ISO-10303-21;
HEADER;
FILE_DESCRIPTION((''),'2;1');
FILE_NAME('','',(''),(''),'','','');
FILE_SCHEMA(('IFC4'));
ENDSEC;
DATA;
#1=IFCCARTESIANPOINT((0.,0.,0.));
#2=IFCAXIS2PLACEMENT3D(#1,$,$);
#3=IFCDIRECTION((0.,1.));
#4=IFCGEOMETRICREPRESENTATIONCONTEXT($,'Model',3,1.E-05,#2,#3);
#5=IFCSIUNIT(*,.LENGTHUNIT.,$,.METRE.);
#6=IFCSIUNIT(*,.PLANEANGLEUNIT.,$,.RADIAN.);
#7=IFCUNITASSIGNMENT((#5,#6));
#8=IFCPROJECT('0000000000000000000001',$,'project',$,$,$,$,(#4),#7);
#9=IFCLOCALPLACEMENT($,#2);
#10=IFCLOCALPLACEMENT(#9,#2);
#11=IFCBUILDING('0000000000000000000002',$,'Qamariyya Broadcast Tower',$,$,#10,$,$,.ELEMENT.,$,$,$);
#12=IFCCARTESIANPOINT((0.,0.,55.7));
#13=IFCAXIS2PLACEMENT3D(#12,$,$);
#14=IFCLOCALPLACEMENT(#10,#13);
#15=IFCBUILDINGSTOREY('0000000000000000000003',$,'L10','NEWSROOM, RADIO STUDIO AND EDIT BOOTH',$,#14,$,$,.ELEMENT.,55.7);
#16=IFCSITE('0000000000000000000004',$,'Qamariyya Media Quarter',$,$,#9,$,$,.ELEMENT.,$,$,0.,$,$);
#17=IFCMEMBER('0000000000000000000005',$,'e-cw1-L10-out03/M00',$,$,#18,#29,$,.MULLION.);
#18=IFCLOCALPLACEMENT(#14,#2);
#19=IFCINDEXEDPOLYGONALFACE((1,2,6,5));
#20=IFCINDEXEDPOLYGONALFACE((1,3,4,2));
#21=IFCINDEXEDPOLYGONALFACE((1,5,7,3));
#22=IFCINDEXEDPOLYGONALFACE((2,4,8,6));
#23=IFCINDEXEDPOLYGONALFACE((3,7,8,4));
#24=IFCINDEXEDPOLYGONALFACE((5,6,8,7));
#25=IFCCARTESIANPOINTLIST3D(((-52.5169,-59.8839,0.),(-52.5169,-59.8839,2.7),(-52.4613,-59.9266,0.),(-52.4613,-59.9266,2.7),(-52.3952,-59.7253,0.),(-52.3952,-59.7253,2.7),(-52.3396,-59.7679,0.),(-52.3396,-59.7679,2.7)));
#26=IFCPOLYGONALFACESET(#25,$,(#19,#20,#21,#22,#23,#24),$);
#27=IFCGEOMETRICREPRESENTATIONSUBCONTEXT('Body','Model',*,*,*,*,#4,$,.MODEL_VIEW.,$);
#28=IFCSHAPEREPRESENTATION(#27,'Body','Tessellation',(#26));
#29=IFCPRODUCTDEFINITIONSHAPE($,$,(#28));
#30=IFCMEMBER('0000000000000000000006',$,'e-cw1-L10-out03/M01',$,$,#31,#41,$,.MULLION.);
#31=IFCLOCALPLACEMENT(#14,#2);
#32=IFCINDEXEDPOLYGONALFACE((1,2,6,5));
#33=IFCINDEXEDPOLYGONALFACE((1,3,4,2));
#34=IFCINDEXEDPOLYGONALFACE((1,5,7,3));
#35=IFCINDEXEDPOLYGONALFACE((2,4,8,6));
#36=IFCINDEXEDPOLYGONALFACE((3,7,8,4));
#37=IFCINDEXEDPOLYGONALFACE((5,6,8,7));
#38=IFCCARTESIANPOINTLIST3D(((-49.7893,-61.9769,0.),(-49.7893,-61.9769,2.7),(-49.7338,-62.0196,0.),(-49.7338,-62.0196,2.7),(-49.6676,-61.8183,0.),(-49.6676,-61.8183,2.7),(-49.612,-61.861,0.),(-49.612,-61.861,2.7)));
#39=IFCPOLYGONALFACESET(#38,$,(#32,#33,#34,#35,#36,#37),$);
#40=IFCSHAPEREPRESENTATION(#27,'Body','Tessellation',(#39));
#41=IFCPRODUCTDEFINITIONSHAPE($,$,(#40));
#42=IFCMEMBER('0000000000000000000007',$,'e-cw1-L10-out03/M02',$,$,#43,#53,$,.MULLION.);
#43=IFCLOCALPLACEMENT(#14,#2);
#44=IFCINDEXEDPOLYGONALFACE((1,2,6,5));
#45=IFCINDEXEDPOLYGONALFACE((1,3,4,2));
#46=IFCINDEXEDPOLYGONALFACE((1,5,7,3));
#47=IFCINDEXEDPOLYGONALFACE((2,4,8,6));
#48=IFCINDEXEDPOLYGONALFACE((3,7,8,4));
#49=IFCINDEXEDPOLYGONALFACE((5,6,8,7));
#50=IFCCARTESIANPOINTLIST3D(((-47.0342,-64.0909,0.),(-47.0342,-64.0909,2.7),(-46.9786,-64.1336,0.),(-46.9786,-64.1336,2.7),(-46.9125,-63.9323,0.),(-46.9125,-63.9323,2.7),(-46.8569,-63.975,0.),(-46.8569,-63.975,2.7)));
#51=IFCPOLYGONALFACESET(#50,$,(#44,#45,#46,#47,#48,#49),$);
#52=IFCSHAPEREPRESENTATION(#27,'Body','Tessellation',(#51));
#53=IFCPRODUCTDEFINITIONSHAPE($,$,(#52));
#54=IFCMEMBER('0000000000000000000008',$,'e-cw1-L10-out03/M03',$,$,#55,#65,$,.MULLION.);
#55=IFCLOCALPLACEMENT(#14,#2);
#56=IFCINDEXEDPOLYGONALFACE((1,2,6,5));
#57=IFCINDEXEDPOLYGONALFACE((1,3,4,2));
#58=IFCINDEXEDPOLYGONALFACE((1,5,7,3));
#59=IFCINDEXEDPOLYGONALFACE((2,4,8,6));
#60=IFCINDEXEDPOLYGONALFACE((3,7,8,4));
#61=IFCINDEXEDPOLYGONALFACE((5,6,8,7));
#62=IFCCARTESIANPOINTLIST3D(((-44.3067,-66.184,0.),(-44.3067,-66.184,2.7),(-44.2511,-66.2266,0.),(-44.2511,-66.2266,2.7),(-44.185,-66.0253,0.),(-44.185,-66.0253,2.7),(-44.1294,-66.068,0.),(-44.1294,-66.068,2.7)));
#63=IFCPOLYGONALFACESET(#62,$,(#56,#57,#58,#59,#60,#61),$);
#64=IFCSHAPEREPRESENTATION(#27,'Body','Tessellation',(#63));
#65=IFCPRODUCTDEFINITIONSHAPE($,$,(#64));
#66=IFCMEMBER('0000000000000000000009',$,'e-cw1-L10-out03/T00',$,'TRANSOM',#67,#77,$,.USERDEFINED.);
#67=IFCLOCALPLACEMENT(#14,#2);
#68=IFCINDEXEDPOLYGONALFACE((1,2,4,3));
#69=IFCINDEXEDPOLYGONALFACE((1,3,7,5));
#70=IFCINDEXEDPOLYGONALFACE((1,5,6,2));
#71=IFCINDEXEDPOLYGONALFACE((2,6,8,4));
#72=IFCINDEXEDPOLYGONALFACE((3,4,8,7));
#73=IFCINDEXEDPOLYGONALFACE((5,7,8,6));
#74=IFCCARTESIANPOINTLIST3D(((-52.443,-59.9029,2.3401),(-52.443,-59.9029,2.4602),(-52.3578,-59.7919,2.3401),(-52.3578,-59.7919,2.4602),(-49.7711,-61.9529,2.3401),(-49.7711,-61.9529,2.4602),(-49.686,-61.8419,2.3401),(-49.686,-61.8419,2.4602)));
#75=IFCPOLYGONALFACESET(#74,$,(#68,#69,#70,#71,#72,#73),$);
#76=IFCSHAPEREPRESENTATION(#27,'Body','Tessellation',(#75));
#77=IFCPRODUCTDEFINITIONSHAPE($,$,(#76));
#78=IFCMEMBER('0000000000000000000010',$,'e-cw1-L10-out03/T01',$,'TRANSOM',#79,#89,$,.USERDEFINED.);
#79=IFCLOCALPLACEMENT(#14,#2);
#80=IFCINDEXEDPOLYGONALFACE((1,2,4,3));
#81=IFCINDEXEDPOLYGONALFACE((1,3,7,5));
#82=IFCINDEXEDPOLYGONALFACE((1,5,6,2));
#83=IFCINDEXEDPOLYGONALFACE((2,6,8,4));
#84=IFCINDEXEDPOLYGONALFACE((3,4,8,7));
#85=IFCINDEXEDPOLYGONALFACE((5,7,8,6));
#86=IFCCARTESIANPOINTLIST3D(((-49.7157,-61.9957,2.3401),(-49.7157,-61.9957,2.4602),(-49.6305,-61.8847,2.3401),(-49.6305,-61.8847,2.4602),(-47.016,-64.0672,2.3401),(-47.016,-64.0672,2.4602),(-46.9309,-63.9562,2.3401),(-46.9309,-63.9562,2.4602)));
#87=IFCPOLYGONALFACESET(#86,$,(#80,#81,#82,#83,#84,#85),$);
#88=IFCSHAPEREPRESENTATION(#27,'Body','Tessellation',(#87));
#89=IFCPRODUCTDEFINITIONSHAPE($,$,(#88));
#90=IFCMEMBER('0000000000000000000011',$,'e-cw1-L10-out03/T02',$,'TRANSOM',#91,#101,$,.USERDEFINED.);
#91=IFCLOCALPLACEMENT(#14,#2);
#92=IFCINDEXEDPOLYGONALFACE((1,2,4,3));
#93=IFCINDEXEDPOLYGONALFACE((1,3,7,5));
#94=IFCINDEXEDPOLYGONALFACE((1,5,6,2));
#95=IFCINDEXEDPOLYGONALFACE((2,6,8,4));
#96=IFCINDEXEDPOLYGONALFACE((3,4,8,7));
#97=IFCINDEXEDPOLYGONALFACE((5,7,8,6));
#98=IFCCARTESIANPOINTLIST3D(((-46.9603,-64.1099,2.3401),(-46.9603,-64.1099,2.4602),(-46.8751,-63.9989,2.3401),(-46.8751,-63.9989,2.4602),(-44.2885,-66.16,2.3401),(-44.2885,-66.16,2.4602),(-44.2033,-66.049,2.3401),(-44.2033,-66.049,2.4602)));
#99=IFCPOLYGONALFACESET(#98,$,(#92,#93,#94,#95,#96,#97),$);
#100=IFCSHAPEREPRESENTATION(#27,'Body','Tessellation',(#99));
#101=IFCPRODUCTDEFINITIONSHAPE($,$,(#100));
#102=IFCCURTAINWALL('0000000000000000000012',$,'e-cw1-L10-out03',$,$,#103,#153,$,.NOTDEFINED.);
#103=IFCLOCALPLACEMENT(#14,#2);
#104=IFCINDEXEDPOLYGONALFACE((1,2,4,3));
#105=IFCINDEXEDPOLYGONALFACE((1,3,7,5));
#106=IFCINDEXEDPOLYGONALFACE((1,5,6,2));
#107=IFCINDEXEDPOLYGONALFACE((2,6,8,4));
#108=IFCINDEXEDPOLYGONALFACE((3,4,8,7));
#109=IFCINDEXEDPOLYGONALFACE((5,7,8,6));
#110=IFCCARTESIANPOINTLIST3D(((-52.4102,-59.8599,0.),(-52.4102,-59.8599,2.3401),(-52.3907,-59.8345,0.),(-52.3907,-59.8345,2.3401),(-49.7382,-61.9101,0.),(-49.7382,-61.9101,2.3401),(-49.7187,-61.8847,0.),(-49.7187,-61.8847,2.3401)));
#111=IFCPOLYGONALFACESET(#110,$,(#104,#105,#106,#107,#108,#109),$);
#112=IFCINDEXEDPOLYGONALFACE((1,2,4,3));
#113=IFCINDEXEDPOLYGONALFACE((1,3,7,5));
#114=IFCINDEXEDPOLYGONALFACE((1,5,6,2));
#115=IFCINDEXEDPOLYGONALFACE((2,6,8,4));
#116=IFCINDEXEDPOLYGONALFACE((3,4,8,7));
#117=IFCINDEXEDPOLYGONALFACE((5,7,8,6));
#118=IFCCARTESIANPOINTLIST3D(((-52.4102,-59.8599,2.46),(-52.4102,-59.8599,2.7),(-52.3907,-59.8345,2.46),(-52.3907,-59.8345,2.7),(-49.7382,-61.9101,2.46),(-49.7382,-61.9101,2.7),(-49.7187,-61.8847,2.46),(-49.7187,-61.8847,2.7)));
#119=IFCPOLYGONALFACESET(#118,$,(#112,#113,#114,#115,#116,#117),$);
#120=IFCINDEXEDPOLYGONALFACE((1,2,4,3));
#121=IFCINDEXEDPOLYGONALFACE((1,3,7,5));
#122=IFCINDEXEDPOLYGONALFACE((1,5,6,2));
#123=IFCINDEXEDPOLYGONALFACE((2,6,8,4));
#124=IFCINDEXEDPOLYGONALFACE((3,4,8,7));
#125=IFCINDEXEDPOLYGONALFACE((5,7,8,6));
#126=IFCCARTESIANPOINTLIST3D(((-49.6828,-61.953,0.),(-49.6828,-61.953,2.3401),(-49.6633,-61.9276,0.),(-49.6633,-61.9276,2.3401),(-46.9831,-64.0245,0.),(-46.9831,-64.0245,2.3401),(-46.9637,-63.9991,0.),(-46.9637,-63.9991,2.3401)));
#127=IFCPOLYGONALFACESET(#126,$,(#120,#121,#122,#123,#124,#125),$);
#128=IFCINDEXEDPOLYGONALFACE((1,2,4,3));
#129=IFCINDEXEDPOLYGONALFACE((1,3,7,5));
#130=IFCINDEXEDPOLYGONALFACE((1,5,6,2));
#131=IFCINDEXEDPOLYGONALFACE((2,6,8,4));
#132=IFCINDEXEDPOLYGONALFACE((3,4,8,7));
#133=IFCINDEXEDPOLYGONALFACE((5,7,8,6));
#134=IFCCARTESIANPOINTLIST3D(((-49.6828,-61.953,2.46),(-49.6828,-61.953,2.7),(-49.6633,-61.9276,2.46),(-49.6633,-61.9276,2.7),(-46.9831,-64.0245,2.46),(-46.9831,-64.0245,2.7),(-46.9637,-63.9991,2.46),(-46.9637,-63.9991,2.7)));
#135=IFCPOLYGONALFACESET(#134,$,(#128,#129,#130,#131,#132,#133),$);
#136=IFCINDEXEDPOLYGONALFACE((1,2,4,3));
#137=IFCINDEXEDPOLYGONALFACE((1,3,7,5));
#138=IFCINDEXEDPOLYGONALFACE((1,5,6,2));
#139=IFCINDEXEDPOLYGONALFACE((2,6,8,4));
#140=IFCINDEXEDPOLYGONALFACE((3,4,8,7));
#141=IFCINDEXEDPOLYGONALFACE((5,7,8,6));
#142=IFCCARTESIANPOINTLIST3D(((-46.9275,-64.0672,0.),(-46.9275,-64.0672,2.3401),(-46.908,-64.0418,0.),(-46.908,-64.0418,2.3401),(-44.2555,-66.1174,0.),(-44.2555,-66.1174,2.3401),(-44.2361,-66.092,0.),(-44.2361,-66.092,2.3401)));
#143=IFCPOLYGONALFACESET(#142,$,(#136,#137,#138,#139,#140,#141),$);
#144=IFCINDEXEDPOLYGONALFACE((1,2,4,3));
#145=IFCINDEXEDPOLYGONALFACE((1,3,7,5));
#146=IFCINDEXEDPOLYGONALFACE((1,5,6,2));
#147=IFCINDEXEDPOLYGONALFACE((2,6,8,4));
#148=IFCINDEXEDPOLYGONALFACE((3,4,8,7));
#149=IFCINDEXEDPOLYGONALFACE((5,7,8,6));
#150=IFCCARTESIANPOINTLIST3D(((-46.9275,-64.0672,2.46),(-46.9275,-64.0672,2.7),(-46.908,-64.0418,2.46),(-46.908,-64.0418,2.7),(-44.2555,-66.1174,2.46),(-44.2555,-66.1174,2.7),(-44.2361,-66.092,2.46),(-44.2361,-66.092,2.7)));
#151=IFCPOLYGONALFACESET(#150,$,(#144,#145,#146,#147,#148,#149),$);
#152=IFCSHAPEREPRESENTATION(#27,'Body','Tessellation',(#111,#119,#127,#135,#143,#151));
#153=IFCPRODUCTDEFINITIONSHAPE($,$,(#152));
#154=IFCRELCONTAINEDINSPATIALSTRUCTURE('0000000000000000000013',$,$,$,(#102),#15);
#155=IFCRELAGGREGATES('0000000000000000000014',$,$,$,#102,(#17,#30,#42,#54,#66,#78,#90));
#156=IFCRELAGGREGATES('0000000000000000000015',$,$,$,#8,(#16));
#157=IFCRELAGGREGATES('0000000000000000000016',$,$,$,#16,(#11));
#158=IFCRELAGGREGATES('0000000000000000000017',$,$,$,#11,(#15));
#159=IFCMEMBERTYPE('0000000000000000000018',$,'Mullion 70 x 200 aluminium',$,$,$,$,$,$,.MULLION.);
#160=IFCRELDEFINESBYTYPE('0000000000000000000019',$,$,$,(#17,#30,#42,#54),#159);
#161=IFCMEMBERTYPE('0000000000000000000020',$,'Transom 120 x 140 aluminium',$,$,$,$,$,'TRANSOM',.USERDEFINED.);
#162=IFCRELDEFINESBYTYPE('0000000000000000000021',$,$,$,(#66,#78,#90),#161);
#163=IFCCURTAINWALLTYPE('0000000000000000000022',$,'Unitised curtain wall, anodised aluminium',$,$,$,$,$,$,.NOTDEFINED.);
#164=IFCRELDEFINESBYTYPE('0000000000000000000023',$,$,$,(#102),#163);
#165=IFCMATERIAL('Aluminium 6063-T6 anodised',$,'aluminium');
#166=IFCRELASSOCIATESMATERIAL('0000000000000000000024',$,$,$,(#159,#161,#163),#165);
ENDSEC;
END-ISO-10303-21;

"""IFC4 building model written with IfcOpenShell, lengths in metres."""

from ifc_helpers import new_model, si_unit, direction, frame, origin, origin_2d, place, context, subcontext, project, spatial, rectangle, extrude, material, material_profile, profile_set, type_object, element, aggregate, save


model = new_model("IFC4")

# Units and contexts
model_context = context("Model", 3, precision=1e-05, world=origin(), true_north=direction((0.0, 1.0)))
body_context = subcontext(model_context, "Body", "Model", "MODEL_VIEW")
ifc_project = project(units=[si_unit("LENGTHUNIT", "METRE"), si_unit("PLANEANGLEUNIT", "RADIAN")], contexts=[model_context])

# Members
ifc_material_1 = material(Name="Aluminium 6063-T6 anodised", Category="aluminium")
ifc_material_profile_1 = material_profile(ifc_material_1, rectangle(XDim=0.2, YDim=0.0701, at=origin_2d()))
ifc_profile_set_1 = profile_set([ifc_material_profile_1], Name="Aluminium 6063-T6 anodised")
member_type_1 = type_object("IfcMemberType", Name="Mullion 70 x 200 aluminium", PredefinedType="MULLION", material=ifc_profile_set_1)
site_placement = place(None, origin())
building_placement = place(site_placement, origin())
storey_placement = place(building_placement, frame((0.0, 0.0, 55.7)))
member_1_placement = place(storey_placement, frame((-52.4282, -59.8259, 0.0), z_axis=(0.0, 0.0, 1.0), x_axis=(0.608761, 0.793353, 0.0)))
member_1 = element("IfcMember", 1, at=member_1_placement, type_object=member_type_1, Name="e-cw1-L10-out03/M00", PredefinedType="MULLION", context=body_context, shape_type="SweptSolid", body=[
    extrude(rectangle(XDim=0.2, YDim=0.0701, at=origin_2d()), origin(), (0.0, 0.0, 1.0), 2.7),
])
member_2_placement = place(storey_placement, frame((-49.7007, -61.9189, 0.0), z_axis=(0.0, 0.0, 1.0), x_axis=(0.608761, 0.793353, 0.0)))
member_2 = element("IfcMember", 2, at=member_2_placement, type_object=member_type_1, Name="e-cw1-L10-out03/M01", PredefinedType="MULLION", context=body_context, shape_type="SweptSolid", body=[
    extrude(rectangle(XDim=0.2, YDim=0.0701, at=origin_2d()), origin(), (0.0, 0.0, 1.0), 2.7),
])
member_3_placement = place(storey_placement, frame((-46.9456, -64.033, 0.0), z_axis=(0.0, 0.0, 1.0), x_axis=(0.608761, 0.793353, 0.0)))
member_3 = element("IfcMember", 3, at=member_3_placement, type_object=member_type_1, Name="e-cw1-L10-out03/M02", PredefinedType="MULLION", context=body_context, shape_type="SweptSolid", body=[
    extrude(rectangle(XDim=0.2, YDim=0.0701, at=origin_2d()), origin(), (0.0, 0.0, 1.0), 2.7),
])
member_4_placement = place(storey_placement, frame((-44.218, -66.126, 0.0), z_axis=(0.0, 0.0, 1.0), x_axis=(0.608761, 0.793353, 0.0)))
member_4 = element("IfcMember", 4, at=member_4_placement, type_object=member_type_1, Name="e-cw1-L10-out03/M03", PredefinedType="MULLION", context=body_context, shape_type="SweptSolid", body=[
    extrude(rectangle(XDim=0.2, YDim=0.0701, at=origin_2d()), origin(), (0.0, 0.0, 1.0), 2.7),
])
ifc_material_profile_2 = material_profile(ifc_material_1, rectangle(XDim=0.1399, YDim=0.1201, at=origin_2d()))
ifc_profile_set_2 = profile_set([ifc_material_profile_2], Name="Aluminium 6063-T6 anodised")
member_type_2 = type_object("IfcMemberType", Name="Transom 120 x 140 aluminium", ElementType="TRANSOM", PredefinedType="USERDEFINED", material=ifc_profile_set_2)
member_5_placement = place(storey_placement, frame((-52.4004, -59.8474, 2.4001), z_axis=(0.793375, -0.608733, 0.0), x_axis=(0.608733, 0.793375, 0.0)))
member_5 = element("IfcMember", 5, at=member_5_placement, type_object=member_type_2, Name="e-cw1-L10-out03/T00", ObjectType="TRANSOM", PredefinedType="USERDEFINED", context=body_context, shape_type="SweptSolid", body=[
    extrude(rectangle(XDim=0.1399, YDim=0.1201, at=origin_2d()), origin(), (0.0, 0.0, 1.0), 3.3677),
])
member_6_placement = place(storey_placement, frame((-49.6731, -61.9402, 2.4001), z_axis=(0.793357, -0.608757, 0.0), x_axis=(0.608757, 0.793357, 0.0)))
member_6 = element("IfcMember", 6, at=member_6_placement, type_object=member_type_2, Name="e-cw1-L10-out03/T01", ObjectType="TRANSOM", PredefinedType="USERDEFINED", context=body_context, shape_type="SweptSolid", body=[
    extrude(rectangle(XDim=0.1399, YDim=0.1201, at=origin_2d()), origin(), (0.0, 0.0, 1.0), 3.4028),
])
member_7_placement = place(storey_placement, frame((-46.9177, -64.0544, 2.4001), z_axis=(0.793375, -0.608733, 0.0), x_axis=(0.608733, 0.793375, 0.0)))
member_7 = element("IfcMember", 7, at=member_7_placement, type_object=member_type_2, Name="e-cw1-L10-out03/T02", ObjectType="TRANSOM", PredefinedType="USERDEFINED", context=body_context, shape_type="SweptSolid", body=[
    extrude(rectangle(XDim=0.1399, YDim=0.1201, at=origin_2d()), origin(), (0.0, 0.0, 1.0), 3.3677),
])

# Site, building, storey
site = spatial("IfcSite", under=ifc_project, at=site_placement, Name="Qamariyya Media Quarter", CompositionType="ELEMENT", RefElevation=0.0)
building = spatial("IfcBuilding", under=site, at=building_placement, Name="Qamariyya Broadcast Tower", CompositionType="ELEMENT")
storey = spatial("IfcBuildingStorey", under=building, at=storey_placement, Name="L10", Description="NEWSROOM, RADIO STUDIO AND EDIT BOOTH", CompositionType="ELEMENT", Elevation=55.7)

# Curtain wall
curtain_wall_type = type_object("IfcCurtainWallType", Name="Unitised curtain wall, anodised aluminium", PredefinedType="NOTDEFINED", material=ifc_material_1)
curtain_wall_1_placement = place(storey_placement, origin())
curtain_wall_1 = element("IfcCurtainWall", 8, at=curtain_wall_1_placement, inside=storey, type_object=curtain_wall_type, Name="e-cw1-L10-out03", PredefinedType="NOTDEFINED", context=body_context, shape_type="SweptSolid", body=[
    extrude(rectangle(XDim=3.3679, YDim=0.032, at=origin_2d()), frame((-51.0645, -60.8723, 0.0), x_axis=(0.793358, -0.608756, 0.0)), (0.0, 0.0, 1.0), 2.3401),
    extrude(rectangle(XDim=3.3679, YDim=0.032, at=origin_2d()), frame((-51.0645, -60.8723, 2.46), x_axis=(0.793358, -0.608756, 0.0)), (0.0, 0.0, 1.0), 0.24),
    extrude(rectangle(XDim=3.4028, YDim=0.032, at=origin_2d()), frame((-48.3232, -62.9761, 0.0), x_axis=(0.793358, -0.608756, 0.0)), (0.0, 0.0, 1.0), 2.3401),
    extrude(rectangle(XDim=3.4028, YDim=0.032, at=origin_2d()), frame((-48.3232, -62.9761, 2.46), x_axis=(0.793358, -0.608756, 0.0)), (0.0, 0.0, 1.0), 0.24),
    extrude(rectangle(XDim=3.3679, YDim=0.032, at=origin_2d()), frame((-45.5818, -65.0796, 0.0), x_axis=(0.793358, -0.608756, 0.0)), (0.0, 0.0, 1.0), 2.3401),
    extrude(rectangle(XDim=3.3679, YDim=0.032, at=origin_2d()), frame((-45.5818, -65.0796, 2.46), x_axis=(0.793358, -0.608756, 0.0)), (0.0, 0.0, 1.0), 0.24),
])
aggregate(curtain_wall_1, [member_1, member_2, member_3, member_4, member_5, member_6, member_7])

save(model, "model.ifc")
